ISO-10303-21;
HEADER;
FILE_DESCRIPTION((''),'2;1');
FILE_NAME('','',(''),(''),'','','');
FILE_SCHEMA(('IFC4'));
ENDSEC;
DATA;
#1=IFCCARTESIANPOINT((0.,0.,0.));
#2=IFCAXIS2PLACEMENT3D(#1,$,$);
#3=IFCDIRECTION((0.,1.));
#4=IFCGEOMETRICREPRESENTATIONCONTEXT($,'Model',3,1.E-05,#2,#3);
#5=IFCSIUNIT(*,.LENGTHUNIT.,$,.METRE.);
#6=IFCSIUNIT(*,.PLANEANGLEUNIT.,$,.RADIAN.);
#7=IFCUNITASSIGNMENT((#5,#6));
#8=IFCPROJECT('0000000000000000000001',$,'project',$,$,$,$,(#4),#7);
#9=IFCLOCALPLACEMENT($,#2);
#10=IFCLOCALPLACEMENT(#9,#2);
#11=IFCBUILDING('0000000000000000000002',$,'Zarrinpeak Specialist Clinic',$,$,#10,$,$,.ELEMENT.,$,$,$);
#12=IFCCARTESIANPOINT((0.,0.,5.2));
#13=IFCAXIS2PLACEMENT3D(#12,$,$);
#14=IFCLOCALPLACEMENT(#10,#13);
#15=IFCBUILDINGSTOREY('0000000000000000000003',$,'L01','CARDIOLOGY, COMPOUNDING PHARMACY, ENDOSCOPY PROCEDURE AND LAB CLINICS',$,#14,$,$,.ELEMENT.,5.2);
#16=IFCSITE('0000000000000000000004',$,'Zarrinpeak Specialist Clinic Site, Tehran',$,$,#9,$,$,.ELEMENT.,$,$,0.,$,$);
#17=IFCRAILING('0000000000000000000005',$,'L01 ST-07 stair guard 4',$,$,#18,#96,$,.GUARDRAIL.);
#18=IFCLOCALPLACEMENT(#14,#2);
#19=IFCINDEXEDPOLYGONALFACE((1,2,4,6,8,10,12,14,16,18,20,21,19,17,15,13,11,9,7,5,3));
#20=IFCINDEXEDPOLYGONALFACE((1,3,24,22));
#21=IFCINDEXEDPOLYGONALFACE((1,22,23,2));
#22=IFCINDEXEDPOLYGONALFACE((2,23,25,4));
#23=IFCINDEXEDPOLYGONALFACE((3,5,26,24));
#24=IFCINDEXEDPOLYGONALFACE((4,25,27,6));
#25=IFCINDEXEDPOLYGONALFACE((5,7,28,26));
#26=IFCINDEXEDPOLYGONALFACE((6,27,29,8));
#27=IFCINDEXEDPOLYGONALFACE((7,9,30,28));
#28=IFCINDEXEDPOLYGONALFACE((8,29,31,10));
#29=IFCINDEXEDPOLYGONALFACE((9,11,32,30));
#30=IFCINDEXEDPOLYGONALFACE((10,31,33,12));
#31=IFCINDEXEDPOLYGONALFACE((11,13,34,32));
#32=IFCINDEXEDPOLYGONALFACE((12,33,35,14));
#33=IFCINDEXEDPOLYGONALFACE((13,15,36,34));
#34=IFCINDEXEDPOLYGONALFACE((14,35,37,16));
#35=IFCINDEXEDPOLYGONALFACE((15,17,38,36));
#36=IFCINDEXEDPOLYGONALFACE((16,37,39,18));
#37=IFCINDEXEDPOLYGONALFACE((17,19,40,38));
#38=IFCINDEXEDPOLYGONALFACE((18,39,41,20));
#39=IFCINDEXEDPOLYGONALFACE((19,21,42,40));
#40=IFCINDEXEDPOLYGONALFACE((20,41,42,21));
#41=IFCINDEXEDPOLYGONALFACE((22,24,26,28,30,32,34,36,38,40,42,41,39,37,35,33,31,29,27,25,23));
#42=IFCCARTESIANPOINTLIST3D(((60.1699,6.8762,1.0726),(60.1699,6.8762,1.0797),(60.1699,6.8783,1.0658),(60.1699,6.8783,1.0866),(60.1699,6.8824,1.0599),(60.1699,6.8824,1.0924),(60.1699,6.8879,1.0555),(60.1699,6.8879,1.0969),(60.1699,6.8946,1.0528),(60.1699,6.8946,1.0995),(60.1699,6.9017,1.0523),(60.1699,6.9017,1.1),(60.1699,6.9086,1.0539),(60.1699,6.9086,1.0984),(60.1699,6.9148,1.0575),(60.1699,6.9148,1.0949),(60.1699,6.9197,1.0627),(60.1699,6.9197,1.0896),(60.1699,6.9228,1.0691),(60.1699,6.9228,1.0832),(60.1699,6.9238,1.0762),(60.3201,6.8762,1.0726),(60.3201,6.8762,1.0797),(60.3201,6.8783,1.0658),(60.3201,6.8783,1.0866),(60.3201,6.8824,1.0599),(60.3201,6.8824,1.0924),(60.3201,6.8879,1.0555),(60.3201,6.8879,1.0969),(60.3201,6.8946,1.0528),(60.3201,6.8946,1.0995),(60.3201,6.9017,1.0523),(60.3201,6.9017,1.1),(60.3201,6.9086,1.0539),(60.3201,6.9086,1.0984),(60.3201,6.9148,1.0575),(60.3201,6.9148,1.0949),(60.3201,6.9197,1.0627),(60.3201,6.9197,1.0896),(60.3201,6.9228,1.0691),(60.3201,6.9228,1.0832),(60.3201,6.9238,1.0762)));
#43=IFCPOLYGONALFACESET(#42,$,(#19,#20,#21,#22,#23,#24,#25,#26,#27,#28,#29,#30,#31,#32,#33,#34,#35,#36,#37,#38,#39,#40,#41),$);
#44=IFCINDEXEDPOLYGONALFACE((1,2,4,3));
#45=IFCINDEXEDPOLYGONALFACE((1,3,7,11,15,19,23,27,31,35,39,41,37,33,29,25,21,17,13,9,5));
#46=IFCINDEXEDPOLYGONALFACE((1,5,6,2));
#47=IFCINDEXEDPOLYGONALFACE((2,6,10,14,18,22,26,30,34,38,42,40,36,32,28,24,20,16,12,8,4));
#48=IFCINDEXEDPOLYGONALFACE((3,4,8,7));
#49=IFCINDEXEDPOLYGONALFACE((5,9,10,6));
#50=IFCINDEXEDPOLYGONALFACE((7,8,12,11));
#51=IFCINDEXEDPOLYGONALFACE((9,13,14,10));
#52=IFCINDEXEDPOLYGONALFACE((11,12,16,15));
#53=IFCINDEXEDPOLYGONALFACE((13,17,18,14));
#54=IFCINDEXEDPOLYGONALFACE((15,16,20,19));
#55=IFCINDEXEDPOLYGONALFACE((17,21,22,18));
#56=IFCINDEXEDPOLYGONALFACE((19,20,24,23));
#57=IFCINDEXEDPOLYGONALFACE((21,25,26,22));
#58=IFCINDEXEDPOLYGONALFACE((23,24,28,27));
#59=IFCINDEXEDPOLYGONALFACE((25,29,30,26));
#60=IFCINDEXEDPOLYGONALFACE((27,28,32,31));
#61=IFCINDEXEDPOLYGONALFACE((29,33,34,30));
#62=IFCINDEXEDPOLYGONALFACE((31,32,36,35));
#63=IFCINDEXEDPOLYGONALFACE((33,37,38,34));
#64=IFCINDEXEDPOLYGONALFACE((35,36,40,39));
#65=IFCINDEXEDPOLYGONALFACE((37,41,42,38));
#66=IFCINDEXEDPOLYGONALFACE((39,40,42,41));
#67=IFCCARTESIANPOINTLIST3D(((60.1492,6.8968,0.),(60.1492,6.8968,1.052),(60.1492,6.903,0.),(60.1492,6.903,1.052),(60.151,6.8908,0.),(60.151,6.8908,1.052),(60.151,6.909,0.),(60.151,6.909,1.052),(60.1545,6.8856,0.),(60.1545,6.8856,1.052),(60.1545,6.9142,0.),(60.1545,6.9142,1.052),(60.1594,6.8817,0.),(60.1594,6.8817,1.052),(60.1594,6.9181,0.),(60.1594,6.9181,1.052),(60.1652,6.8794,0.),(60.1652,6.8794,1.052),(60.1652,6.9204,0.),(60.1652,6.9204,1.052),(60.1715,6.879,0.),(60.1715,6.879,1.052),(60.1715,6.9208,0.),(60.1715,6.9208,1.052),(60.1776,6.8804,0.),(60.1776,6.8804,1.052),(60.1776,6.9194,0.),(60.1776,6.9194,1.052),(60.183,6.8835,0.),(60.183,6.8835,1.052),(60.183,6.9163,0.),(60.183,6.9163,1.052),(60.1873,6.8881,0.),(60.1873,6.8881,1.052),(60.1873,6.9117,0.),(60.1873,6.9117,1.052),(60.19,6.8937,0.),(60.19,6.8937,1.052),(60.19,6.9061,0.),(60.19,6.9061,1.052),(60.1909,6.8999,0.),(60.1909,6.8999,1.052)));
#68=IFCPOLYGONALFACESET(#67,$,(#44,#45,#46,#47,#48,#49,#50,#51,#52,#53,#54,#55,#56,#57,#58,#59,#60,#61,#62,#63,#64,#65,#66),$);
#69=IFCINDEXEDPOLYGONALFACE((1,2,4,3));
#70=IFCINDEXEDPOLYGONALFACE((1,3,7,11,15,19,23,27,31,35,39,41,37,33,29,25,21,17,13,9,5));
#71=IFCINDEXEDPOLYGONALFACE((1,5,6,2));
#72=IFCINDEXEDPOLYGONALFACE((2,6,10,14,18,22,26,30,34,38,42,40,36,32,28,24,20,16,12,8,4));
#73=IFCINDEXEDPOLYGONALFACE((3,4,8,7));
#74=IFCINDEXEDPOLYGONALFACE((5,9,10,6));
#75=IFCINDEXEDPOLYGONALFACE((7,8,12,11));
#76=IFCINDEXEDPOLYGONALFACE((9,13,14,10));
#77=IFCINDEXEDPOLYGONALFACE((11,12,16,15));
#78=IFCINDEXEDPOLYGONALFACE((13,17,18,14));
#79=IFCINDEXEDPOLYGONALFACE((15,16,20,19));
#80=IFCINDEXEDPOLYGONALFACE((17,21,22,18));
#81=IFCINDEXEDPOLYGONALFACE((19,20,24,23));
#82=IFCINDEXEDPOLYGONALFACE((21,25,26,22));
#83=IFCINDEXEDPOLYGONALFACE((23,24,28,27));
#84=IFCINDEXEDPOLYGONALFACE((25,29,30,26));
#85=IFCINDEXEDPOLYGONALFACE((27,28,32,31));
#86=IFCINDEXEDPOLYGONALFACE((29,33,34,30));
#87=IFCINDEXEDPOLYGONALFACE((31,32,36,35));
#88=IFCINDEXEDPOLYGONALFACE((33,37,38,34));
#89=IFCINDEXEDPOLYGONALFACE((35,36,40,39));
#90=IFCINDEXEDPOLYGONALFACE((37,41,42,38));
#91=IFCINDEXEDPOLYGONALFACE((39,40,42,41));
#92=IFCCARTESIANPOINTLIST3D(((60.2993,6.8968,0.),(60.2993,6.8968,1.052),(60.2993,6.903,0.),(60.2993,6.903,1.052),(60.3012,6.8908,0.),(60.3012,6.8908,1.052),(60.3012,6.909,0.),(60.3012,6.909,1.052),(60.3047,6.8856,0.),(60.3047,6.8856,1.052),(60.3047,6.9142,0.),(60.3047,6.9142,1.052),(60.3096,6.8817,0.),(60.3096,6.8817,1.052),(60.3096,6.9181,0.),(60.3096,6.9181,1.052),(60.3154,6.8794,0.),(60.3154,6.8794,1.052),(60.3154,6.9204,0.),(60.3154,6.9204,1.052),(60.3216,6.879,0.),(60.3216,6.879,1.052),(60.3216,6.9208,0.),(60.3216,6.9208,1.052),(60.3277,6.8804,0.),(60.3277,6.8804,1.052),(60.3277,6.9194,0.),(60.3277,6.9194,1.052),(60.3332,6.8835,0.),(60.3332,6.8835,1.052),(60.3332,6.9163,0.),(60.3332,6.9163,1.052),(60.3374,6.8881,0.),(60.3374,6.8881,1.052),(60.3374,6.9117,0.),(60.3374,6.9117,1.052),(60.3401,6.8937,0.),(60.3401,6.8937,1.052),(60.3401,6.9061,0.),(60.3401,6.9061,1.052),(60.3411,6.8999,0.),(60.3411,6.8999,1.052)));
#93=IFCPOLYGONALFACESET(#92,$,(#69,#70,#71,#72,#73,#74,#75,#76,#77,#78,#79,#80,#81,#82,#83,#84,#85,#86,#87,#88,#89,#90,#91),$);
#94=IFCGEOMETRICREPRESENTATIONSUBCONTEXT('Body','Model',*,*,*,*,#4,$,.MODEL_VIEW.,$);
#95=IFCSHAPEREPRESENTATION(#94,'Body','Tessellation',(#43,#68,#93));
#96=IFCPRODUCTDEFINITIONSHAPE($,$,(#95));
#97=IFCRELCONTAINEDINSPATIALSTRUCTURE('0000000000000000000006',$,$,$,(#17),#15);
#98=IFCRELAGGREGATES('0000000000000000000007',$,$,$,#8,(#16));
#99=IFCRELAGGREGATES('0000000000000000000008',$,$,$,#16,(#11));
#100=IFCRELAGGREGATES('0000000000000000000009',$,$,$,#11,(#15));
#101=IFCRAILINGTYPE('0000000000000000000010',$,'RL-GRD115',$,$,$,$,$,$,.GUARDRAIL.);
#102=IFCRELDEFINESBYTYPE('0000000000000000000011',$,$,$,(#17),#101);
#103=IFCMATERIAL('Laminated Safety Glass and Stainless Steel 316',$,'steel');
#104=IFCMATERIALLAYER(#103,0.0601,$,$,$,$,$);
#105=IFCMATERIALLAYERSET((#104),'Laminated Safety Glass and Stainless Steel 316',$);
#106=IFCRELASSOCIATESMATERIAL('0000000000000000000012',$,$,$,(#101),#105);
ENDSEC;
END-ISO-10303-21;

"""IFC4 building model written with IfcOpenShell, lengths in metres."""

from ifc_helpers import new_model, si_unit, direction, frame, origin, origin_2d, place, context, subcontext, project, spatial, circle, extrude, material, layer, layer_set, type_object, element, save


model = new_model("IFC4")

# Units and contexts
model_context = context("Model", 3, precision=1e-05, world=origin(), true_north=direction((0.0, 1.0)))
body_context = subcontext(model_context, "Body", "Model", "MODEL_VIEW")
ifc_project = project(units=[si_unit("LENGTHUNIT", "METRE"), si_unit("PLANEANGLEUNIT", "RADIAN")], contexts=[model_context])

# Site, building, storey
site_placement = place(None, origin())
site = spatial("IfcSite", under=ifc_project, at=site_placement, Name="Zarrinpeak Specialist Clinic Site, Tehran", CompositionType="ELEMENT", RefElevation=0.0)
building_placement = place(site_placement, origin())
building = spatial("IfcBuilding", under=site, at=building_placement, Name="Zarrinpeak Specialist Clinic", CompositionType="ELEMENT")
storey_placement = place(building_placement, frame((0.0, 0.0, 5.2)))
storey = spatial("IfcBuildingStorey", under=building, at=storey_placement, Name="L01", Description="CARDIOLOGY, COMPOUNDING PHARMACY, ENDOSCOPY PROCEDURE AND LAB CLINICS", CompositionType="ELEMENT", Elevation=5.2)

# Railing
ifc_material_1 = material(Name="Laminated Safety Glass and Stainless Steel 316", Category="steel")
ifc_layer_1 = layer(ifc_material_1, 0.0601)
ifc_layer_set_1 = layer_set([ifc_layer_1], Name="Laminated Safety Glass and Stainless Steel 316")
railing_type_1 = type_object("IfcRailingType", Name="RL-GRD115", PredefinedType="GUARDRAIL", material=ifc_layer_set_1)
railing_1_placement = place(storey_placement, frame((60.1699, 6.8999, 0.0)))
element("IfcRailing", 1, at=railing_1_placement, inside=storey, type_object=railing_type_1, Name="L01 ST-07 stair guard 4", PredefinedType="GUARDRAIL", context=body_context, shape_type="SweptSolid", body=[
    extrude(circle(Radius=0.0239, at=origin_2d()), frame((0.0, 0.0, 1.0762), z_axis=(1.0, 0.0, 0.0), x_axis=(0.0, 1.0, 0.0)), (0.0, 0.0, 1.0), 0.1501),
    extrude(circle(Radius=0.021, at=origin_2d()), origin(), (0.0, 0.0, 1.0), 1.052),
    extrude(circle(Radius=0.021, at=origin_2d()), frame((0.1501, 0.0, 0.0)), (0.0, 0.0, 1.0), 1.052),
])

save(model, "model.ifc")
